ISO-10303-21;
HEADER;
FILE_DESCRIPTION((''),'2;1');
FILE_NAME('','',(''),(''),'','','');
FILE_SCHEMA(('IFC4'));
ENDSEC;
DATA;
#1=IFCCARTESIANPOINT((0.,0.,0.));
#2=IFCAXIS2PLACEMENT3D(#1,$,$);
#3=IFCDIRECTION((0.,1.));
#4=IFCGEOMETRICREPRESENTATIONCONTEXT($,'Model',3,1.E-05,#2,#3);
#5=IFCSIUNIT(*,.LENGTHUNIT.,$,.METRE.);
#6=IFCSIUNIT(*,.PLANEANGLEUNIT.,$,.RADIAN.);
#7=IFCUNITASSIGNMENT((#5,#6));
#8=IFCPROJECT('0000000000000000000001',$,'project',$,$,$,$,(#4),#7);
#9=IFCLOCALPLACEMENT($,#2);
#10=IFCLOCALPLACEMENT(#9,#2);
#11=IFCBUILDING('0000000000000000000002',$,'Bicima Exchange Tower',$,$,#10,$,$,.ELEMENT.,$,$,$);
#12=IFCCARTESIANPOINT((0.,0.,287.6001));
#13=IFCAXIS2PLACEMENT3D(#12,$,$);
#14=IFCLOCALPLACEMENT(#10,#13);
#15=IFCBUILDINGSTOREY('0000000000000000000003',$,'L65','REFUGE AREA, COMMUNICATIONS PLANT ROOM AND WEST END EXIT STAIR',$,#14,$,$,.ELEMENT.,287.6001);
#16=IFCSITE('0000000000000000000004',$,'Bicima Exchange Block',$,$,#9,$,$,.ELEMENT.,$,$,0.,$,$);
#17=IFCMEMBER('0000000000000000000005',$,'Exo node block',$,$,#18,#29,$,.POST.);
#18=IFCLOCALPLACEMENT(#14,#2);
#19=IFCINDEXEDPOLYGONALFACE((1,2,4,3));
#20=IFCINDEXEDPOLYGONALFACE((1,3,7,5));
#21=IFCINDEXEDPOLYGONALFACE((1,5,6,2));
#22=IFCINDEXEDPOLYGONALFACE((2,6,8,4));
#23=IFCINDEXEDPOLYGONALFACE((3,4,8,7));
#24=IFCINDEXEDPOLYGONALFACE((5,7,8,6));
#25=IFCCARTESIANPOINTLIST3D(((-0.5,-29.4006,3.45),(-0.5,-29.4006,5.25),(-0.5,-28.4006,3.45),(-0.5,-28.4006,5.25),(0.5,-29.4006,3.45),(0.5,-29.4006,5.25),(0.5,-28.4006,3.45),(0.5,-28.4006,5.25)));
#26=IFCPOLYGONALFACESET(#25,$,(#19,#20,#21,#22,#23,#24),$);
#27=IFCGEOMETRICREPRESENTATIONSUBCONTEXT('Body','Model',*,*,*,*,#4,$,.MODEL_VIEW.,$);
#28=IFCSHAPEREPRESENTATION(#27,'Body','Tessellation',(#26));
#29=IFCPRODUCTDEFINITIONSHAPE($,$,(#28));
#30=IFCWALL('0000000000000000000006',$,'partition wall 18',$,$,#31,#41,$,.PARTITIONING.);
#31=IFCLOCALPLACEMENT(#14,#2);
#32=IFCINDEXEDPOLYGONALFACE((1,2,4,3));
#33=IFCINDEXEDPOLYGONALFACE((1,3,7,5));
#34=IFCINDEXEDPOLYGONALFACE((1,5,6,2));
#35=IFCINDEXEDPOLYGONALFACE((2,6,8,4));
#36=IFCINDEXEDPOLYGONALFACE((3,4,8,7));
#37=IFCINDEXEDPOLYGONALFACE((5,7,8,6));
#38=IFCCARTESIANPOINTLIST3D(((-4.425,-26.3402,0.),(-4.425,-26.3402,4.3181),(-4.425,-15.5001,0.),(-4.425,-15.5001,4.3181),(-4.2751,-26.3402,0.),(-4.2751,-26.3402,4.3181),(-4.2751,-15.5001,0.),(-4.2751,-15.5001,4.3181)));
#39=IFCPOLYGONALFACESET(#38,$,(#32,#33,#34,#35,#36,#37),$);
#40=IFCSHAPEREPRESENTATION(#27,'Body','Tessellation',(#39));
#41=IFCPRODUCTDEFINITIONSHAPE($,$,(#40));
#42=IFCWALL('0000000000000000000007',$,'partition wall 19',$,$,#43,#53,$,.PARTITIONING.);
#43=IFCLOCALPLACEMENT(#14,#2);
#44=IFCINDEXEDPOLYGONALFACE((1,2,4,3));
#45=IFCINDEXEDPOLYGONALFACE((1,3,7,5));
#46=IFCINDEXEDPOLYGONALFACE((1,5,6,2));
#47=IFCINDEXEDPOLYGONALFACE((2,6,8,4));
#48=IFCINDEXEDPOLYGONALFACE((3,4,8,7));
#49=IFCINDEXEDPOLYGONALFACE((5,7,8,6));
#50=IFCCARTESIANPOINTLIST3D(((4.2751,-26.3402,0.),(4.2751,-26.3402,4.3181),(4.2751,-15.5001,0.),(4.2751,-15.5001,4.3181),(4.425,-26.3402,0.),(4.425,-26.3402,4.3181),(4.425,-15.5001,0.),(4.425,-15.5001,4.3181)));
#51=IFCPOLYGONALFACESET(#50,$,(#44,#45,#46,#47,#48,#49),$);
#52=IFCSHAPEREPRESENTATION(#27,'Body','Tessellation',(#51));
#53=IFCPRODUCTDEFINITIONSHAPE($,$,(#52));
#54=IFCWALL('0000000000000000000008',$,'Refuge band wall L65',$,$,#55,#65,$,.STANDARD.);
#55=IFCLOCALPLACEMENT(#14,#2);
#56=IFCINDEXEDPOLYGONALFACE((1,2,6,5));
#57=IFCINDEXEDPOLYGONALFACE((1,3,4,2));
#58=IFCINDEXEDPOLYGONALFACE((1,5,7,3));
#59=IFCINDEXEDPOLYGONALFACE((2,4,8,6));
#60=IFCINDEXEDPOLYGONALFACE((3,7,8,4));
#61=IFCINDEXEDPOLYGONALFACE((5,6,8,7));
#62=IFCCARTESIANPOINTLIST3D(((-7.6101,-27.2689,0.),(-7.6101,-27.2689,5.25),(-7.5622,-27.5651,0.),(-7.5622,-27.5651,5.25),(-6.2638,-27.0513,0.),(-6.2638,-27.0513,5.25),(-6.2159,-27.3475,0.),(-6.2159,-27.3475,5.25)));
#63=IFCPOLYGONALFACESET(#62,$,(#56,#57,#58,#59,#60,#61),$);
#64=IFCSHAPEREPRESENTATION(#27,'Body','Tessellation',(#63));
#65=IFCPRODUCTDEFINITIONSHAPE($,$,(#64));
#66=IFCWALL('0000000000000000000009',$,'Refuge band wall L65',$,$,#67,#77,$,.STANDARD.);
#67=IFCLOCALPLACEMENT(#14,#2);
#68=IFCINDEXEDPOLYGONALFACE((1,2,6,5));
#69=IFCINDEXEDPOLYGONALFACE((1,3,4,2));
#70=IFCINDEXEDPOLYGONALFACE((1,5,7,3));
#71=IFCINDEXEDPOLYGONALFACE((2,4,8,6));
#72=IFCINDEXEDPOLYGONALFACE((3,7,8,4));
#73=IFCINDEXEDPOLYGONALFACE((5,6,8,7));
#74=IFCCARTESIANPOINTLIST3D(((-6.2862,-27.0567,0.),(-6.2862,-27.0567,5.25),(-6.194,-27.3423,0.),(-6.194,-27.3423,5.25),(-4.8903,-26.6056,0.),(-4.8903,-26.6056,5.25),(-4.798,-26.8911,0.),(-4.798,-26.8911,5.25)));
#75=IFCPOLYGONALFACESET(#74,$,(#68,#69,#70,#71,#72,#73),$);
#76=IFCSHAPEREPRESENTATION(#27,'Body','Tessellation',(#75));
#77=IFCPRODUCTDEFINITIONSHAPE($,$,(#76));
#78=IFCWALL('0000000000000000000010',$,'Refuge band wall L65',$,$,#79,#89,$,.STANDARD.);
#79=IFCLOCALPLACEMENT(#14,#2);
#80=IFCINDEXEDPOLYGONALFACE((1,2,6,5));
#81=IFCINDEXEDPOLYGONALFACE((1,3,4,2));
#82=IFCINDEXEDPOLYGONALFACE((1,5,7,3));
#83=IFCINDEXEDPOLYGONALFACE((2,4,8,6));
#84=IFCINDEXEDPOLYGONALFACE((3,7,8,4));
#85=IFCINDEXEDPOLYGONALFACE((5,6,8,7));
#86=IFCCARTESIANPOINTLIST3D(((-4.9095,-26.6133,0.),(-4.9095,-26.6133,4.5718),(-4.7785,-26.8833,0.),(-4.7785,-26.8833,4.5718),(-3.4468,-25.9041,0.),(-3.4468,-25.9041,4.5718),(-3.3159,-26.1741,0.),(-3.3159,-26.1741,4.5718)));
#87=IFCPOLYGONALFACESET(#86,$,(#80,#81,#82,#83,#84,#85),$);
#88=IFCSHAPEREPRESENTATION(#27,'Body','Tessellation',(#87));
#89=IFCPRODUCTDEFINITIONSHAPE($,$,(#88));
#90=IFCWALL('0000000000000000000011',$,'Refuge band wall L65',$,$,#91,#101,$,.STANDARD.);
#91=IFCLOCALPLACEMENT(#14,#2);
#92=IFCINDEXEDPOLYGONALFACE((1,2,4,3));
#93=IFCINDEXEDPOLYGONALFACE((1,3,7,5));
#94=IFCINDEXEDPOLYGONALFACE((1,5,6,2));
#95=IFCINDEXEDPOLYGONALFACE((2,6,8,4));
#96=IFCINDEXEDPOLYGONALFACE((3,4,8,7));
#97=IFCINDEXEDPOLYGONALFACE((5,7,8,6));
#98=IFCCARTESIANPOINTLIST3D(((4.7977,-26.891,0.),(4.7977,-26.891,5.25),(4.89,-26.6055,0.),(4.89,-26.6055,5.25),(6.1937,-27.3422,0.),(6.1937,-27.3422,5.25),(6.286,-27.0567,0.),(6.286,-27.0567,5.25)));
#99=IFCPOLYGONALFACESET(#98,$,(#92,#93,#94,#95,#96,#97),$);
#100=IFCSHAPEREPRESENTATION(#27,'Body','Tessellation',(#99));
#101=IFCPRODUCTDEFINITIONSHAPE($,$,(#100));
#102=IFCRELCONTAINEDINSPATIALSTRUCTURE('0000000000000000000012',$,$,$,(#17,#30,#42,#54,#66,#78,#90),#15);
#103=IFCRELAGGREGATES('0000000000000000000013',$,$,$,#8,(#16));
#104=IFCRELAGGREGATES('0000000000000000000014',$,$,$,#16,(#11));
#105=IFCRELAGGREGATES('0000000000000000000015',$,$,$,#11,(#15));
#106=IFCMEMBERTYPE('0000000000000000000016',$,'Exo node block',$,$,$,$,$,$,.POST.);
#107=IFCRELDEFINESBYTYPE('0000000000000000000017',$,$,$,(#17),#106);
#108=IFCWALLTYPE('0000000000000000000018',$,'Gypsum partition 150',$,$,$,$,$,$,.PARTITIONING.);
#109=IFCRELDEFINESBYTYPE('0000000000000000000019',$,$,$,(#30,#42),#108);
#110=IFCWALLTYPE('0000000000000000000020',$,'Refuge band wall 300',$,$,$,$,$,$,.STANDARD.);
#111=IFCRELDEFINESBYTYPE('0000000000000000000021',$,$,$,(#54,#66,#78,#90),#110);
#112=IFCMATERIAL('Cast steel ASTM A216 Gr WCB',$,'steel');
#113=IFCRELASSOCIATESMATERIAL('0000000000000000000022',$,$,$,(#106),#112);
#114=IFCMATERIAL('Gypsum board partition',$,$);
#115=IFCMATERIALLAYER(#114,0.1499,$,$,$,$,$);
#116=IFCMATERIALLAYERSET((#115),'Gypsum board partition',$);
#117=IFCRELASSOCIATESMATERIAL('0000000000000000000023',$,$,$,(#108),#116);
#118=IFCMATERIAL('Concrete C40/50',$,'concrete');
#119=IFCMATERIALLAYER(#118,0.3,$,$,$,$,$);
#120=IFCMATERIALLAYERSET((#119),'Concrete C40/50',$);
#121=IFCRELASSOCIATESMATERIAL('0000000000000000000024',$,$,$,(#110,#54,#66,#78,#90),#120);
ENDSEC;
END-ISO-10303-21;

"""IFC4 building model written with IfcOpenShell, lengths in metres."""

from ifc_helpers import new_model, si_unit, direction, frame, frame_2d, origin, origin_2d, place, context, subcontext, project, spatial, rectangle, extrude, material, layer, layer_set, layer_usage, material_profile, profile_set, type_object, element, save


model = new_model("IFC4")

# Units and contexts
model_context = context("Model", 3, precision=1e-05, world=origin(), true_north=direction((0.0, 1.0)))
body_context = subcontext(model_context, "Body", "Model", "MODEL_VIEW")
ifc_project = project(units=[si_unit("LENGTHUNIT", "METRE"), si_unit("PLANEANGLEUNIT", "RADIAN")], contexts=[model_context])

# Site, building, storey
site_placement = place(None, origin())
site = spatial("IfcSite", under=ifc_project, at=site_placement, Name="Bicima Exchange Block", CompositionType="ELEMENT", RefElevation=0.0)
building_placement = place(site_placement, origin())
building = spatial("IfcBuilding", under=site, at=building_placement, Name="Bicima Exchange Tower", CompositionType="ELEMENT")
storey_placement = place(building_placement, frame((0.0, 0.0, 287.6001)))
storey = spatial("IfcBuildingStorey", under=building, at=storey_placement, Name="L65", Description="REFUGE AREA, COMMUNICATIONS PLANT ROOM AND WEST END EXIT STAIR", CompositionType="ELEMENT", Elevation=287.6001)

# Member
ifc_material_1 = material(Name="Cast steel ASTM A216 Gr WCB", Category="steel")
ifc_material_profile_1 = material_profile(ifc_material_1, rectangle(XDim=1.0, YDim=1.0, at=origin_2d()))
ifc_profile_set_1 = profile_set([ifc_material_profile_1], Name="Cast steel ASTM A216 Gr WCB")
member_type_1 = type_object("IfcMemberType", Name="Exo node block", PredefinedType="POST", material=ifc_profile_set_1)
member_1_placement = place(storey_placement, frame((0.0, -28.9006, 3.45), z_axis=(0.0, 0.0, 1.0), x_axis=(1.0, 0.0, 0.0)))
element("IfcMember", 1, at=member_1_placement, inside=storey, type_object=member_type_1, Name="Exo node block", PredefinedType="POST", context=body_context, shape_type="SweptSolid", body=[
    extrude(rectangle(XDim=1.0, YDim=1.0, at=origin_2d()), origin(), (0.0, 0.0, 1.0), 1.8),
])

# Walls
ifc_material_2 = material(Name="Gypsum board partition")
ifc_layer_1 = layer(ifc_material_2, 0.1499)
ifc_layer_set_1 = layer_set([ifc_layer_1], Name="Gypsum board partition")
wall_type_1 = type_object("IfcWallType", Name="Gypsum partition 150", PredefinedType="PARTITIONING", material=ifc_layer_set_1)
for number, where, z_axis, x_axis, name in (
    (2, (-4.3501, -26.3401, 0.0), (0.0, 0.0, 1.0), (0.0, 1.0, 0.0), "partition wall 18"),
    (3, (4.3501, -26.3401, 0.0), (0.0, 0.0, 1.0), (0.0, 1.0, 0.0), "partition wall 19"),
):
    element("IfcWall", number, at=place(storey_placement, frame(where, z_axis=z_axis, x_axis=x_axis)), inside=storey, type_object=wall_type_1, Name=name, PredefinedType="PARTITIONING", context=body_context, shape_type="SweptSolid", body=[
        extrude(rectangle(XDim=10.8401, YDim=0.1499, at=frame_2d((5.4199, 0.0))), origin(), (0.0, 0.0, 1.0), 4.3181),
    ])
ifc_material_3 = material(Name="Concrete C40/50", Category="concrete")
ifc_layer_2 = layer(ifc_material_3, 0.3)
ifc_layer_set_2 = layer_set([ifc_layer_2], Name="Concrete C40/50")
ifc_layer_usage = layer_usage(ifc_layer_set_2, "AXIS2", "POSITIVE", -0.15)
wall_type_2 = type_object("IfcWallType", Name="Refuge band wall 300", PredefinedType="STANDARD", material=ifc_layer_set_2)
wall_1_placement = place(storey_placement, frame((-7.5862, -27.417, 0.0), z_axis=(0.0, 0.0, 1.0), x_axis=(0.987195, 0.15952, 0.0)))
element("IfcWall", 4, at=wall_1_placement, inside=storey, type_object=wall_type_2, material=ifc_layer_usage, Name="Refuge band wall L65", PredefinedType="STANDARD", context=body_context, shape_type="SweptSolid", body=[
    extrude(rectangle(XDim=1.3638, YDim=0.3, at=frame_2d((0.6819, 0.0))), origin(), (0.0, 0.0, 1.0), 5.25),
])
wall_2_placement = place(storey_placement, frame((-6.24, -27.1995, 0.0), z_axis=(0.0, 0.0, 1.0), x_axis=(0.951539, 0.307528, 0.0)))
element("IfcWall", 5, at=wall_2_placement, inside=storey, type_object=wall_type_2, material=ifc_layer_usage, Name="Refuge band wall L65", PredefinedType="STANDARD", context=body_context, shape_type="SweptSolid", body=[
    extrude(rectangle(XDim=1.467, YDim=0.3, at=frame_2d((0.7334, 0.0))), origin(), (0.0, 0.0, 1.0), 5.25),
])
wall_3_placement = place(storey_placement, frame((-4.844, -26.7483, 0.0), z_axis=(0.0, 0.0, 1.0), x_axis=(0.899798, 0.436307, 0.0)))
element("IfcWall", 6, at=wall_3_placement, inside=storey, type_object=wall_type_2, material=ifc_layer_usage, Name="Refuge band wall L65", PredefinedType="STANDARD", context=body_context, shape_type="SweptSolid", body=[
    extrude(rectangle(XDim=1.6255, YDim=0.3, at=frame_2d((0.8127, 0.0))), origin(), (0.0, 0.0, 1.0), 4.5718),
])
wall_4_placement = place(storey_placement, frame((4.844, -26.7483, 0.0), z_axis=(0.0, 0.0, 1.0), x_axis=(0.951539, -0.307528, 0.0)))
element("IfcWall", 7, at=wall_4_placement, inside=storey, type_object=wall_type_2, material=ifc_layer_usage, Name="Refuge band wall L65", PredefinedType="STANDARD", context=body_context, shape_type="SweptSolid", body=[
    extrude(rectangle(XDim=1.467, YDim=0.3, at=frame_2d((0.7334, 0.0))), origin(), (0.0, 0.0, 1.0), 5.25),
])

save(model, "model.ifc")
